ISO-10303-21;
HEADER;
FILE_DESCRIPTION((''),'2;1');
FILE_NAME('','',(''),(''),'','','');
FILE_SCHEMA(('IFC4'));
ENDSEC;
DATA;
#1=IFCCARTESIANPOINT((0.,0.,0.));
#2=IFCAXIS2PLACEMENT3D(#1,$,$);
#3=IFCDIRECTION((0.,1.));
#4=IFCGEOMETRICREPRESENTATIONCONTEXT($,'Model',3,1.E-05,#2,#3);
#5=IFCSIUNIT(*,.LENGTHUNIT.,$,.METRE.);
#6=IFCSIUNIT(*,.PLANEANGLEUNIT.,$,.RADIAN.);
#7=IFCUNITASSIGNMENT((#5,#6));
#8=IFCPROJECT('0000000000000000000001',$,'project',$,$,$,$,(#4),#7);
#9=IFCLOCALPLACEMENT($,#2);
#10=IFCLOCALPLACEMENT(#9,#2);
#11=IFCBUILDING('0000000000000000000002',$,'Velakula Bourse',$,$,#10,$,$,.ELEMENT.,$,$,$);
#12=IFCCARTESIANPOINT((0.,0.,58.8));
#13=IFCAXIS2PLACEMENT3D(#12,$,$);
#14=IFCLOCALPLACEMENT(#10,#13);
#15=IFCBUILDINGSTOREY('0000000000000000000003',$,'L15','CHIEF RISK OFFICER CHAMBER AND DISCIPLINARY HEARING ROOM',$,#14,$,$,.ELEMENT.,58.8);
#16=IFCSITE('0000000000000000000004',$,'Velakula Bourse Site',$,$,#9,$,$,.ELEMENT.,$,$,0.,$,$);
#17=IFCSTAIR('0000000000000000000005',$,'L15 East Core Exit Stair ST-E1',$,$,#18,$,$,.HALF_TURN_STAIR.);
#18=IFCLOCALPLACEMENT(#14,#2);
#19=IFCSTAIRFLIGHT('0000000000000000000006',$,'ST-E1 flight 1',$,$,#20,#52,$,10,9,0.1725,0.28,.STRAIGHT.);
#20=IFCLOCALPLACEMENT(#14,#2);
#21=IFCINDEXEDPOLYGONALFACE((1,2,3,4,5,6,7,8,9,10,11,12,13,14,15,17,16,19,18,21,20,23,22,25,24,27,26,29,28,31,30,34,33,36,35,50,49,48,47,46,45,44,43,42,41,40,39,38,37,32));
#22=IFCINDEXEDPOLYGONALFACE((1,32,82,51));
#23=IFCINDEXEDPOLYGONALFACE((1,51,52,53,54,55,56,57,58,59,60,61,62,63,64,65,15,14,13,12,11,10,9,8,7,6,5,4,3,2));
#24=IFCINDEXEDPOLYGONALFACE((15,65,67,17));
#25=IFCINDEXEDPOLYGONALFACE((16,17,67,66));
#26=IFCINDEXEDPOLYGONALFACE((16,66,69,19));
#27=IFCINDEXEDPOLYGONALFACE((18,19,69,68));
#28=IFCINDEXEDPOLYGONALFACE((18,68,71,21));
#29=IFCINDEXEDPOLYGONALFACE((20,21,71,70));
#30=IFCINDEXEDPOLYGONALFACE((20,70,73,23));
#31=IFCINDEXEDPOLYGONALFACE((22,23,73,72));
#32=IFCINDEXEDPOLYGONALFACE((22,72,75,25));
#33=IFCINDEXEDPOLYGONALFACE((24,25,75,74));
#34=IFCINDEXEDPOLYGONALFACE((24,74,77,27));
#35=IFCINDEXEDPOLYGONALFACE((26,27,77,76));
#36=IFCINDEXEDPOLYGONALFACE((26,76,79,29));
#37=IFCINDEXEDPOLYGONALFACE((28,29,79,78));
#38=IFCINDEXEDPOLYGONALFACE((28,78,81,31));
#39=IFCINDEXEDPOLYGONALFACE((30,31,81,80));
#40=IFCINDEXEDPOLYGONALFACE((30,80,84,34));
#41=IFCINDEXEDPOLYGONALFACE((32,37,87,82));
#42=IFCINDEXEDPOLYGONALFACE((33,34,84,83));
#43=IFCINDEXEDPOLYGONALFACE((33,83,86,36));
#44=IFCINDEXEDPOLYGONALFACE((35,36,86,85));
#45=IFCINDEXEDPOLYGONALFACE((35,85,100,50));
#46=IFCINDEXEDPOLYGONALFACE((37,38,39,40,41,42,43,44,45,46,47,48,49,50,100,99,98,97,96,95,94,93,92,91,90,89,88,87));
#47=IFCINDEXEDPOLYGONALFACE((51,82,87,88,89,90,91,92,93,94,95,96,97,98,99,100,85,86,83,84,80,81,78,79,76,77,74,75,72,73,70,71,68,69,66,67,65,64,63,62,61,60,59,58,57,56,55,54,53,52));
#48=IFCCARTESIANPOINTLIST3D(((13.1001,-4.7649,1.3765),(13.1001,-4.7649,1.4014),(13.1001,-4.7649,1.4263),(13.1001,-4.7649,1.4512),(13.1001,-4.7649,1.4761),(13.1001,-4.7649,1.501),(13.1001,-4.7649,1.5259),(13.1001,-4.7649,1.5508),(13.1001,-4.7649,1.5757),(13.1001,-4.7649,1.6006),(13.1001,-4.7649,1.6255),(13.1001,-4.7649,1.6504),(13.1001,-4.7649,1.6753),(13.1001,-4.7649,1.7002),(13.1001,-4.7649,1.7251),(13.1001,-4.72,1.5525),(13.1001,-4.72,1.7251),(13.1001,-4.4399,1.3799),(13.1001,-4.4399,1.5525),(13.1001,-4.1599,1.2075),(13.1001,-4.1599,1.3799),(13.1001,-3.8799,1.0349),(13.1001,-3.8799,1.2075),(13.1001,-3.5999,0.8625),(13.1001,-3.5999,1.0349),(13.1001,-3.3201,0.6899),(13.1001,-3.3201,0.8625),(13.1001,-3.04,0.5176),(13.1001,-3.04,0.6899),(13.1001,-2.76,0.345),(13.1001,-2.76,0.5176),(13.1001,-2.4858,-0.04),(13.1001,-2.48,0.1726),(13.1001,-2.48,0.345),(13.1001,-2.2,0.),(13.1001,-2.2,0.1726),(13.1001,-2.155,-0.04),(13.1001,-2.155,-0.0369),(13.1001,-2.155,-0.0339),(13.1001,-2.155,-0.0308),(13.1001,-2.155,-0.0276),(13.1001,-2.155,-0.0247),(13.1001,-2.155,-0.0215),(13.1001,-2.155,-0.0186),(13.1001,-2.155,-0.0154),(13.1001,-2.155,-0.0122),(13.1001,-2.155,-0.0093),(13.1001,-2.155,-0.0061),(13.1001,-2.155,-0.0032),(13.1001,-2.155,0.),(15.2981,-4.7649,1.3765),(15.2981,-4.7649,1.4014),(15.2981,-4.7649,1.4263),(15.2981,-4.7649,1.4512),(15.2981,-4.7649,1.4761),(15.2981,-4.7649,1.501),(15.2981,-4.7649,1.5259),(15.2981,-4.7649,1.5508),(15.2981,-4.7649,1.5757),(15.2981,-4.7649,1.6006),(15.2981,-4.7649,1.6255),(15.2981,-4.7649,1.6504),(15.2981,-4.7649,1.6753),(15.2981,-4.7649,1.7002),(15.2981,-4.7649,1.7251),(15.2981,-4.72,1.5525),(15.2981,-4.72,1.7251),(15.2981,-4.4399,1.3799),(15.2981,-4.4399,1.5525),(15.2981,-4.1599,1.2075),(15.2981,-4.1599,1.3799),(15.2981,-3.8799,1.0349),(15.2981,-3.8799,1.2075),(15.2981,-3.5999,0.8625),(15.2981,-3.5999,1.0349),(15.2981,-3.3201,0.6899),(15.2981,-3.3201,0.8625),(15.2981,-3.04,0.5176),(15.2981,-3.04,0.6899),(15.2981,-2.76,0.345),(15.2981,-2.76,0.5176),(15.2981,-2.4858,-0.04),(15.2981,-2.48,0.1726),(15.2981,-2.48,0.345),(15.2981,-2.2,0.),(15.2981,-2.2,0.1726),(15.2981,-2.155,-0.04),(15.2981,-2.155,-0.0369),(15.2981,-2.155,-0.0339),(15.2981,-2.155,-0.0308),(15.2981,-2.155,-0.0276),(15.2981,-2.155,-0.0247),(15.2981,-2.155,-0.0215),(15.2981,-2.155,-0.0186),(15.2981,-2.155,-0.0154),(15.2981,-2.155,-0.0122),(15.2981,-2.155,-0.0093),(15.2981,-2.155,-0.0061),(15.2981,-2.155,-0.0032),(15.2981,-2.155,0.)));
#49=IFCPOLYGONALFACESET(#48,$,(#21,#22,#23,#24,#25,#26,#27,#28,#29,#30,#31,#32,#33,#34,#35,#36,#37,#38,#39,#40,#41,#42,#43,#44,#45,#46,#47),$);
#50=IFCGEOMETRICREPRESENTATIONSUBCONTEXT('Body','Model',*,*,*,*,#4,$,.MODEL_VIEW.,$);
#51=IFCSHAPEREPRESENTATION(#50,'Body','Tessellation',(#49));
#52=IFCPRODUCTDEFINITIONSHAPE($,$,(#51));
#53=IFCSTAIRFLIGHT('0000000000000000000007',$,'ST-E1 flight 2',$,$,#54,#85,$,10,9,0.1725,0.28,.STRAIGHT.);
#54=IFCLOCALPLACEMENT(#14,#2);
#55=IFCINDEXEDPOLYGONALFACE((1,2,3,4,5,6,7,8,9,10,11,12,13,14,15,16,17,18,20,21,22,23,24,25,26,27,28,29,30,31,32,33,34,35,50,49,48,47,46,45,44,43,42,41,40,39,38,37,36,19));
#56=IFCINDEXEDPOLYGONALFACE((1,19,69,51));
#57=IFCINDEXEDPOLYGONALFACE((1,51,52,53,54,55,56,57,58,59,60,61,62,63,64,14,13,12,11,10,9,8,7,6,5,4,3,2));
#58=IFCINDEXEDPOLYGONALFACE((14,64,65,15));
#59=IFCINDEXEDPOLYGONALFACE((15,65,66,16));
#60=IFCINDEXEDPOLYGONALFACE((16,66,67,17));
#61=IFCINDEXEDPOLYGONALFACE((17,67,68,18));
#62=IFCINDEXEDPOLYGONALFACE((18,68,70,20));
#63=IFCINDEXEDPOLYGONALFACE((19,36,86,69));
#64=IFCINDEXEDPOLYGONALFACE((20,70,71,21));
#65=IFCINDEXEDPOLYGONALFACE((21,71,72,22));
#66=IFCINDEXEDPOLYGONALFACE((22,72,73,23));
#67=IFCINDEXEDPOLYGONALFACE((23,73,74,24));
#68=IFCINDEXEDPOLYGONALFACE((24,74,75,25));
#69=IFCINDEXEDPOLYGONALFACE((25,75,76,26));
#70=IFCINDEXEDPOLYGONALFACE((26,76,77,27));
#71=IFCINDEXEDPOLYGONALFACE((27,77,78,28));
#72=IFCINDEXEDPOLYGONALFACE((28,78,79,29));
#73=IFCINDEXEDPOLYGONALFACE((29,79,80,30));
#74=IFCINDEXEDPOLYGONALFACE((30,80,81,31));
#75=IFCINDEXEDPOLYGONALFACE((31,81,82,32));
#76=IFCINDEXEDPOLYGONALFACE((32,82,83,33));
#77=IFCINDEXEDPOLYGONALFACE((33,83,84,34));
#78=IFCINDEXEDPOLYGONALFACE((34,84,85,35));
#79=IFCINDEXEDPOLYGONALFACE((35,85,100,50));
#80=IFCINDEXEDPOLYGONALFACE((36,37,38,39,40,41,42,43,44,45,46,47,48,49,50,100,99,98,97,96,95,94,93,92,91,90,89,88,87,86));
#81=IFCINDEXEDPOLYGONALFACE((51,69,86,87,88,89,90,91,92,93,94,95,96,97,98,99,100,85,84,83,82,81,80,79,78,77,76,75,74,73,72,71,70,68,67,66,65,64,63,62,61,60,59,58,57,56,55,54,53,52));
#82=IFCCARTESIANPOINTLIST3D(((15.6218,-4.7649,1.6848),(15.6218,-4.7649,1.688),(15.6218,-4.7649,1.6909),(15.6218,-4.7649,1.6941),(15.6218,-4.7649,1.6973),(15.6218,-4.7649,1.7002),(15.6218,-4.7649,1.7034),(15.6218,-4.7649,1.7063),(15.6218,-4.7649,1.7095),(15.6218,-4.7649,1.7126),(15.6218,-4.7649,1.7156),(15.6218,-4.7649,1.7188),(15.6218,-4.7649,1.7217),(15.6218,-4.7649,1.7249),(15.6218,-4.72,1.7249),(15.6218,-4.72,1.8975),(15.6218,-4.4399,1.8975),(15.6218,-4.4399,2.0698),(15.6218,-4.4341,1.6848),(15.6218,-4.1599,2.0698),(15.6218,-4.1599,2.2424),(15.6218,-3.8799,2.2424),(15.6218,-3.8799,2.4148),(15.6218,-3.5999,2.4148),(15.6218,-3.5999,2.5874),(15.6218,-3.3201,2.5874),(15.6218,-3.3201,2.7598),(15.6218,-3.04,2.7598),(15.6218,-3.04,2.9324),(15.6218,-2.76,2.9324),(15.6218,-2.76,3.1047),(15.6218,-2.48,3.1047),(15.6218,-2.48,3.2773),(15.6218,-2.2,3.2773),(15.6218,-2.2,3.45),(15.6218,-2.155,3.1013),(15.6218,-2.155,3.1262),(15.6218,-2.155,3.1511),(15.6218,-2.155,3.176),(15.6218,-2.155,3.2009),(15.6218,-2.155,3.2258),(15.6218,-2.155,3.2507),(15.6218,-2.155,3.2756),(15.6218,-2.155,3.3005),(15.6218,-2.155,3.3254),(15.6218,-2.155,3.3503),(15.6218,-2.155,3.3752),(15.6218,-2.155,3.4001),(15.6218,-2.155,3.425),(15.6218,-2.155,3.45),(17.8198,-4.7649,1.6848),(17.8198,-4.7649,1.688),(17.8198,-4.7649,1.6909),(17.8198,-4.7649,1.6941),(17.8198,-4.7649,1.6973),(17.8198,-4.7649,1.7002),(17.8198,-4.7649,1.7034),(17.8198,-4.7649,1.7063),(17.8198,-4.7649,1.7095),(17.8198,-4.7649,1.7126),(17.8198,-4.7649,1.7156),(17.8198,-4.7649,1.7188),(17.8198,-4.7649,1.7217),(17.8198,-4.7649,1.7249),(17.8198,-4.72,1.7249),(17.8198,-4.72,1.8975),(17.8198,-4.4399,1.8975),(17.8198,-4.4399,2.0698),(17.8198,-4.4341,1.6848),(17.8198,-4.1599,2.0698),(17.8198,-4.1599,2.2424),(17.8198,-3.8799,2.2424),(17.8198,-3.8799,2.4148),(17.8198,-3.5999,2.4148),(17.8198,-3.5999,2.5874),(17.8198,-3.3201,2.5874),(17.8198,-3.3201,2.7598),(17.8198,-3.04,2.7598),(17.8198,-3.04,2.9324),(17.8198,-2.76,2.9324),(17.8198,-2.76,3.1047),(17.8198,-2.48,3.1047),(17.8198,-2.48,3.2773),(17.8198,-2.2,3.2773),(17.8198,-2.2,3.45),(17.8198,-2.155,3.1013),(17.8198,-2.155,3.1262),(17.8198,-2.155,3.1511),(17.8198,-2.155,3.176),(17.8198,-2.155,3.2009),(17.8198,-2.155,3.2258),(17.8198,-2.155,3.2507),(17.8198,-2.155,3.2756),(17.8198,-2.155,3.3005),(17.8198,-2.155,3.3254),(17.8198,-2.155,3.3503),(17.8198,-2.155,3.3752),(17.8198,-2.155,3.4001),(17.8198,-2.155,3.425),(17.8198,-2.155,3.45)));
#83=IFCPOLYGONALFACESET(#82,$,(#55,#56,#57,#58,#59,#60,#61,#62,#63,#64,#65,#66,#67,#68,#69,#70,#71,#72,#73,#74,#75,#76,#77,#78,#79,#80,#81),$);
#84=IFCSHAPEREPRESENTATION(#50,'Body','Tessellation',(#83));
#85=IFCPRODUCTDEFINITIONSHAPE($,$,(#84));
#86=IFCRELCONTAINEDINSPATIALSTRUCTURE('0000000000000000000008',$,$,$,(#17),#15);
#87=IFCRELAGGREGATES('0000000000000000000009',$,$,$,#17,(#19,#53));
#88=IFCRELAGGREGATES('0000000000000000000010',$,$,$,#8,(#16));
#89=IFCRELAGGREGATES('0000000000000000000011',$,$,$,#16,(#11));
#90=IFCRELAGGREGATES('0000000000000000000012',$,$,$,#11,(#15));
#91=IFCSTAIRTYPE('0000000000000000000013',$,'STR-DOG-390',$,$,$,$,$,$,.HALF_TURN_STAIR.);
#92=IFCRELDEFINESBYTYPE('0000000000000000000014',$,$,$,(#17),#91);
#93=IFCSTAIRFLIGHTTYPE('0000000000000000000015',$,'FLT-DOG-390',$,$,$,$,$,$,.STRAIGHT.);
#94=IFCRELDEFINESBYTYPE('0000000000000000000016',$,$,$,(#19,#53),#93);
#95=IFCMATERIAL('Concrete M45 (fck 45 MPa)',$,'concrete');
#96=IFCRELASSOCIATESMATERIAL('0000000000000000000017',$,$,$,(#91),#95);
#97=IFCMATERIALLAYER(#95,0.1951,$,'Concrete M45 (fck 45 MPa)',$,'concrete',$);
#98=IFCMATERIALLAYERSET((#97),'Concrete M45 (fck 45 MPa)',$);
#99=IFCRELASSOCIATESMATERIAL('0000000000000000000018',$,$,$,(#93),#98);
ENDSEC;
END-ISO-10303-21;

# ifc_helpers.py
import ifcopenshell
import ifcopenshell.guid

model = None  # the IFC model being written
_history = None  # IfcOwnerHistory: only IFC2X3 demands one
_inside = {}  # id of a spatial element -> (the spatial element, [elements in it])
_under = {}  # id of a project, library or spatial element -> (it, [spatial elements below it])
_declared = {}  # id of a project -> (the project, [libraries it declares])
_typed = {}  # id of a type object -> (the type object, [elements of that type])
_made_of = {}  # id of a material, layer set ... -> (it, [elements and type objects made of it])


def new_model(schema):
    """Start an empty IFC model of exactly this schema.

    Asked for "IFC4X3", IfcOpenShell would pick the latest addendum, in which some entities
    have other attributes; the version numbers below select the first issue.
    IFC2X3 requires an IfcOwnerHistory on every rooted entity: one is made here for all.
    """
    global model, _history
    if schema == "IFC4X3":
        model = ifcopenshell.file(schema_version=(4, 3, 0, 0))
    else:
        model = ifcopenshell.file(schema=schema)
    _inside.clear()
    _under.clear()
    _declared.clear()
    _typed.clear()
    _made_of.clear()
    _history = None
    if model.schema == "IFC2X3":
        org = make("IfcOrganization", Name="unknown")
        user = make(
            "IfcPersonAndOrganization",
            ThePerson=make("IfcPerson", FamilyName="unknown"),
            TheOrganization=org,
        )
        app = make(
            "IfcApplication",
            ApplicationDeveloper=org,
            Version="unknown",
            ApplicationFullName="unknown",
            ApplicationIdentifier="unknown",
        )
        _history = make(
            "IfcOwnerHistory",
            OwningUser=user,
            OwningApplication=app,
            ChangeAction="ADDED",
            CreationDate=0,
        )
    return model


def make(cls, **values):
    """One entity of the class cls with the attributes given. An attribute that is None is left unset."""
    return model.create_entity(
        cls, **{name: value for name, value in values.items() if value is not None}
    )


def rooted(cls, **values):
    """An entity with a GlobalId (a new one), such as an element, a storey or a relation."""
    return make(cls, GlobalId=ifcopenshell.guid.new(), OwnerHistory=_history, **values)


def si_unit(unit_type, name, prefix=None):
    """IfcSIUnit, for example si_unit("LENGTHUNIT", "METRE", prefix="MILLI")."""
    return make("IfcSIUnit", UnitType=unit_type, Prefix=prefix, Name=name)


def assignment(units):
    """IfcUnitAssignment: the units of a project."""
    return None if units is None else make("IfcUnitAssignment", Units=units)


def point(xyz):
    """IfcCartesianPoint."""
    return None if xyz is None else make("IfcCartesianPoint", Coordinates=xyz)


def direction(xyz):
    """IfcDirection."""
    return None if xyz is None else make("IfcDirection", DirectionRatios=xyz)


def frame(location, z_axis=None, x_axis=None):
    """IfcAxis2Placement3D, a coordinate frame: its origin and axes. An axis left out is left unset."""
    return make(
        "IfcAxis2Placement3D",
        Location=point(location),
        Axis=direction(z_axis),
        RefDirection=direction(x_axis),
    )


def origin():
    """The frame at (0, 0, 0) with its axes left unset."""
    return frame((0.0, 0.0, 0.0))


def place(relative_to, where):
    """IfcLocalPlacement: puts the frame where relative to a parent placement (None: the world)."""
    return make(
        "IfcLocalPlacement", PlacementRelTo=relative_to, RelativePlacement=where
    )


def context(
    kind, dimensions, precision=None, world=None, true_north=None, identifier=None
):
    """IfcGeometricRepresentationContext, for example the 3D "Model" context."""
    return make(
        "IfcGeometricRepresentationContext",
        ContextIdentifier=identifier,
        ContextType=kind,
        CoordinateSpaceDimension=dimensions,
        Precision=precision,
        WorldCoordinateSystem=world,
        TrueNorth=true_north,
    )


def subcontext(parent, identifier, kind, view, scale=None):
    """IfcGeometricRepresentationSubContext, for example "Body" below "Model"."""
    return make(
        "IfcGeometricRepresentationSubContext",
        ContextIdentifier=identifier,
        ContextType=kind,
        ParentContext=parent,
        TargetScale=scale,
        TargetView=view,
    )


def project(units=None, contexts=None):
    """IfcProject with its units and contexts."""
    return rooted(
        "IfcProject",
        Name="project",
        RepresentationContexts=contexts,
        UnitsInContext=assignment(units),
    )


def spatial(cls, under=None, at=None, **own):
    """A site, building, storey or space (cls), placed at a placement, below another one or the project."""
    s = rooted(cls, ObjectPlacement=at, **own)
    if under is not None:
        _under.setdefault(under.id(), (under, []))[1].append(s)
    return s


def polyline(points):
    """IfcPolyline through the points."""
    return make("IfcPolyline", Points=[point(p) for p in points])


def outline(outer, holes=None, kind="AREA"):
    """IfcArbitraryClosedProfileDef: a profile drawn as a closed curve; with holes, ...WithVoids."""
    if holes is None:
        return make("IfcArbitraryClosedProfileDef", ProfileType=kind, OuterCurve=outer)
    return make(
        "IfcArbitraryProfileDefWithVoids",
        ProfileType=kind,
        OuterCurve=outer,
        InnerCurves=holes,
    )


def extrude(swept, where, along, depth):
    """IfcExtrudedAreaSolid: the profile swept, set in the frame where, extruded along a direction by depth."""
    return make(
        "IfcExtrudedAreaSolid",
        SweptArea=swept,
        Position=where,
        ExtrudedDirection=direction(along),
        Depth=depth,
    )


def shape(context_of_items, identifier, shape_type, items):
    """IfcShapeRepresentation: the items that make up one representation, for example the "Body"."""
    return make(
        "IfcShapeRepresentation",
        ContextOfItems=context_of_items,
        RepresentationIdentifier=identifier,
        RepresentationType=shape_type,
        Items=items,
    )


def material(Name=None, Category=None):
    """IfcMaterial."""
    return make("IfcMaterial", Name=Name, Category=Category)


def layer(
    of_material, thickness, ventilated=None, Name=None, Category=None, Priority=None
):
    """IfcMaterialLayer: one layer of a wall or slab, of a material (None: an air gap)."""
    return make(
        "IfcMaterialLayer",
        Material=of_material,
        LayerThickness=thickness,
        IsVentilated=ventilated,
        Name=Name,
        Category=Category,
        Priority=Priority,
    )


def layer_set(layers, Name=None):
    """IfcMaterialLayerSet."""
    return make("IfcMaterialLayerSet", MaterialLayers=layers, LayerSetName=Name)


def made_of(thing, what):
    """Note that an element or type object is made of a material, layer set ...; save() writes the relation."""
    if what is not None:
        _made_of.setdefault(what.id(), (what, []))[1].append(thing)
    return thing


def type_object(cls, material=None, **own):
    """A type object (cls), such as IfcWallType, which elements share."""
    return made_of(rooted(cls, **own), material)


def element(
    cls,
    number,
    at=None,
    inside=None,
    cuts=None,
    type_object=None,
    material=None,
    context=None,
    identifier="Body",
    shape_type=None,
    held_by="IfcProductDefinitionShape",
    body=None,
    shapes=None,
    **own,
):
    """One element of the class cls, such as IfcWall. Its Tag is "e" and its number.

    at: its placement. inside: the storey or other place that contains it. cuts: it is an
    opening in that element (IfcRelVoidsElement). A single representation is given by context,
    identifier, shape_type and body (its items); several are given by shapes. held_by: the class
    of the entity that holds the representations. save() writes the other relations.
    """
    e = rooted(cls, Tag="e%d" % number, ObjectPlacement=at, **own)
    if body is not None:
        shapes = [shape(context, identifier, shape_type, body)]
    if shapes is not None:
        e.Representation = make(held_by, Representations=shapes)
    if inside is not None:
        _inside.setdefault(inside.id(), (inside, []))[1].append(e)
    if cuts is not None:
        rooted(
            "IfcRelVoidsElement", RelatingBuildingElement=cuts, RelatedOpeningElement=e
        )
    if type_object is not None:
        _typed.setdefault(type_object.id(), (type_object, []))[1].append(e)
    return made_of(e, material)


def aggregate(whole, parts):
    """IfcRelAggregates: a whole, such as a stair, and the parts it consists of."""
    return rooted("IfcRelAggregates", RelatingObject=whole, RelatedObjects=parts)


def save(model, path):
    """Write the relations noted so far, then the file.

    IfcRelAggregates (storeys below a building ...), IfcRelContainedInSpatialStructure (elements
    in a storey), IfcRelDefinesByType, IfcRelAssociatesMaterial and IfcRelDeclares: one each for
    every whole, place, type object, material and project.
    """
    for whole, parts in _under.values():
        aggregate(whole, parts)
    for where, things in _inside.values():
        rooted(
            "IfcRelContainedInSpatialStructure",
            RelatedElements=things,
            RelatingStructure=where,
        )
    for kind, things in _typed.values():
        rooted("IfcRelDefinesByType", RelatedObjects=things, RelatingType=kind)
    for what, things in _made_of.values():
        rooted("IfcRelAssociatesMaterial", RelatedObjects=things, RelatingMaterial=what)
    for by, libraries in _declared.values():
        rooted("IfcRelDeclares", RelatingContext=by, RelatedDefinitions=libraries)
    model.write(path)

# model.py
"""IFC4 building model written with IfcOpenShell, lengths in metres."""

from ifc_helpers import new_model, si_unit, direction, frame, origin, place, context, subcontext, project, spatial, polyline, outline, extrude, material, layer, layer_set, type_object, element, aggregate, save


model = new_model("IFC4")

# Units and contexts
model_context = context("Model", 3, precision=1e-05, world=origin(), true_north=direction((0.0, 1.0)))
body_context = subcontext(model_context, "Body", "Model", "MODEL_VIEW")
ifc_project = project(units=[si_unit("LENGTHUNIT", "METRE"), si_unit("PLANEANGLEUNIT", "RADIAN")], contexts=[model_context])

# Site, building, storey
site_placement = place(None, origin())
site = spatial("IfcSite", under=ifc_project, at=site_placement, Name="Velakula Bourse Site", CompositionType="ELEMENT", RefElevation=0.0)
building_placement = place(site_placement, origin())
building = spatial("IfcBuilding", under=site, at=building_placement, Name="Velakula Bourse", CompositionType="ELEMENT")
storey_placement = place(building_placement, frame((0.0, 0.0, 58.8)))
storey = spatial("IfcBuildingStorey", under=building, at=storey_placement, Name="L15", Description="CHIEF RISK OFFICER CHAMBER AND DISCIPLINARY HEARING ROOM", CompositionType="ELEMENT", Elevation=58.8)

# Stair, stair flights
ifc_material_1 = material(Name="Concrete M45 (fck 45 MPa)", Category="concrete")
stair_type = type_object("IfcStairType", Name="STR-DOG-390", PredefinedType="HALF_TURN_STAIR", material=ifc_material_1)
stair_placement = place(storey_placement, origin())
stair = element("IfcStair", 1, at=stair_placement, inside=storey, type_object=stair_type, Name="L15 East Core Exit Stair ST-E1", PredefinedType="HALF_TURN_STAIR")
ifc_layer_1 = layer(ifc_material_1, 0.1951, Name="Concrete M45 (fck 45 MPa)", Category="concrete")
ifc_layer_set_1 = layer_set([ifc_layer_1], Name="Concrete M45 (fck 45 MPa)")
stair_flight_type = type_object("IfcStairFlightType", Name="FLT-DOG-390", PredefinedType="STRAIGHT", material=ifc_layer_set_1)
stair_flight_1_placement = place(storey_placement, frame((14.199, -2.2, 0.0), z_axis=(0.0, 0.0, 1.0), x_axis=(0.0, -1.0, 0.0)))
stair_flight_1 = element("IfcStairFlight", 2, at=stair_flight_1_placement, type_object=stair_flight_type, Name="ST-E1 flight 1", NumberOfRisers=10, NumberOfTreads=9, PredefinedType="STRAIGHT", RiserHeight=0.1725, TreadLength=0.28, context=body_context, shape_type="SweptSolid", body=[
    extrude(outline(polyline([(-0.0449, -0.04), (-0.0449, -0.0369), (-0.0449, -0.0339), (-0.0449, -0.0308), (-0.0449, -0.0276), (-0.0449, -0.0247), (-0.0449, -0.0215), (-0.0449, -0.0186), (-0.0449, -0.0154), (-0.0449, -0.0122), (-0.0449, -0.0093), (-0.0449, -0.0061), (-0.0449, -0.0032), (-0.0449, 0.0), (0.0, 0.0), (0.0, 0.1726), (0.28, 0.1726), (0.28, 0.345), (0.5601, 0.345), (0.5601, 0.5176), (0.8401, 0.5176), (0.8401, 0.6899), (1.1201, 0.6899), (1.1201, 0.8625), (1.3999, 0.8625), (1.3999, 1.0349), (1.6799, 1.0349), (1.6799, 1.2075), (1.96, 1.2075), (1.96, 1.3799), (2.24, 1.3799), (2.24, 1.5525), (2.52, 1.5525), (2.52, 1.7251), (2.5649, 1.7251), (2.5649, 1.7002), (2.5649, 1.6753), (2.5649, 1.6504), (2.5649, 1.6255), (2.5649, 1.6006), (2.5649, 1.5757), (2.5649, 1.5508), (2.5649, 1.5259), (2.5649, 1.501), (2.5649, 1.4761), (2.5649, 1.4512), (2.5649, 1.4263), (2.5649, 1.4014), (2.5649, 1.3765), (0.2859, -0.04), (-0.0449, -0.04)])), frame((0.0, 1.0991, 0.0), z_axis=(0.0, -1.0, 0.0), x_axis=(1.0, 0.0, 0.0)), (0.0, 0.0, 1.0), 2.198),
])
stair_flight_2_placement = place(storey_placement, frame((16.7209, -4.72, 1.7249), z_axis=(0.0, 0.0, 1.0), x_axis=(0.0, 1.0, 0.0)))
stair_flight_2 = element("IfcStairFlight", 3, at=stair_flight_2_placement, type_object=stair_flight_type, Name="ST-E1 flight 2", NumberOfRisers=10, NumberOfTreads=9, PredefinedType="STRAIGHT", RiserHeight=0.1725, TreadLength=0.28, context=body_context, shape_type="SweptSolid", body=[
    extrude(outline(polyline([(-0.0449, -0.04), (-0.0449, -0.0369), (-0.0449, -0.0339), (-0.0449, -0.0308), (-0.0449, -0.0276), (-0.0449, -0.0247), (-0.0449, -0.0215), (-0.0449, -0.0186), (-0.0449, -0.0154), (-0.0449, -0.0122), (-0.0449, -0.0093), (-0.0449, -0.0061), (-0.0449, -0.0032), (-0.0449, 0.0), (0.0, 0.0), (0.0, 0.1726), (0.28, 0.1726), (0.28, 0.345), (0.5601, 0.345), (0.5601, 0.5176), (0.8401, 0.5176), (0.8401, 0.6899), (1.1201, 0.6899), (1.1201, 0.8625), (1.3999, 0.8625), (1.3999, 1.0349), (1.6799, 1.0349), (1.6799, 1.2075), (1.96, 1.2075), (1.96, 1.3799), (2.24, 1.3799), (2.24, 1.5525), (2.52, 1.5525), (2.52, 1.7251), (2.5649, 1.7251), (2.5649, 1.7002), (2.5649, 1.6753), (2.5649, 1.6504), (2.5649, 1.6255), (2.5649, 1.6006), (2.5649, 1.5757), (2.5649, 1.5508), (2.5649, 1.5259), (2.5649, 1.501), (2.5649, 1.4761), (2.5649, 1.4512), (2.5649, 1.4263), (2.5649, 1.4014), (2.5649, 1.3765), (0.2859, -0.04), (-0.0449, -0.04)])), frame((0.0, 1.0991, 0.0), z_axis=(0.0, -1.0, 0.0), x_axis=(1.0, 0.0, 0.0)), (0.0, 0.0, 1.0), 2.198),
])
aggregate(stair, [stair_flight_1, stair_flight_2])

save(model, "model.ifc")
